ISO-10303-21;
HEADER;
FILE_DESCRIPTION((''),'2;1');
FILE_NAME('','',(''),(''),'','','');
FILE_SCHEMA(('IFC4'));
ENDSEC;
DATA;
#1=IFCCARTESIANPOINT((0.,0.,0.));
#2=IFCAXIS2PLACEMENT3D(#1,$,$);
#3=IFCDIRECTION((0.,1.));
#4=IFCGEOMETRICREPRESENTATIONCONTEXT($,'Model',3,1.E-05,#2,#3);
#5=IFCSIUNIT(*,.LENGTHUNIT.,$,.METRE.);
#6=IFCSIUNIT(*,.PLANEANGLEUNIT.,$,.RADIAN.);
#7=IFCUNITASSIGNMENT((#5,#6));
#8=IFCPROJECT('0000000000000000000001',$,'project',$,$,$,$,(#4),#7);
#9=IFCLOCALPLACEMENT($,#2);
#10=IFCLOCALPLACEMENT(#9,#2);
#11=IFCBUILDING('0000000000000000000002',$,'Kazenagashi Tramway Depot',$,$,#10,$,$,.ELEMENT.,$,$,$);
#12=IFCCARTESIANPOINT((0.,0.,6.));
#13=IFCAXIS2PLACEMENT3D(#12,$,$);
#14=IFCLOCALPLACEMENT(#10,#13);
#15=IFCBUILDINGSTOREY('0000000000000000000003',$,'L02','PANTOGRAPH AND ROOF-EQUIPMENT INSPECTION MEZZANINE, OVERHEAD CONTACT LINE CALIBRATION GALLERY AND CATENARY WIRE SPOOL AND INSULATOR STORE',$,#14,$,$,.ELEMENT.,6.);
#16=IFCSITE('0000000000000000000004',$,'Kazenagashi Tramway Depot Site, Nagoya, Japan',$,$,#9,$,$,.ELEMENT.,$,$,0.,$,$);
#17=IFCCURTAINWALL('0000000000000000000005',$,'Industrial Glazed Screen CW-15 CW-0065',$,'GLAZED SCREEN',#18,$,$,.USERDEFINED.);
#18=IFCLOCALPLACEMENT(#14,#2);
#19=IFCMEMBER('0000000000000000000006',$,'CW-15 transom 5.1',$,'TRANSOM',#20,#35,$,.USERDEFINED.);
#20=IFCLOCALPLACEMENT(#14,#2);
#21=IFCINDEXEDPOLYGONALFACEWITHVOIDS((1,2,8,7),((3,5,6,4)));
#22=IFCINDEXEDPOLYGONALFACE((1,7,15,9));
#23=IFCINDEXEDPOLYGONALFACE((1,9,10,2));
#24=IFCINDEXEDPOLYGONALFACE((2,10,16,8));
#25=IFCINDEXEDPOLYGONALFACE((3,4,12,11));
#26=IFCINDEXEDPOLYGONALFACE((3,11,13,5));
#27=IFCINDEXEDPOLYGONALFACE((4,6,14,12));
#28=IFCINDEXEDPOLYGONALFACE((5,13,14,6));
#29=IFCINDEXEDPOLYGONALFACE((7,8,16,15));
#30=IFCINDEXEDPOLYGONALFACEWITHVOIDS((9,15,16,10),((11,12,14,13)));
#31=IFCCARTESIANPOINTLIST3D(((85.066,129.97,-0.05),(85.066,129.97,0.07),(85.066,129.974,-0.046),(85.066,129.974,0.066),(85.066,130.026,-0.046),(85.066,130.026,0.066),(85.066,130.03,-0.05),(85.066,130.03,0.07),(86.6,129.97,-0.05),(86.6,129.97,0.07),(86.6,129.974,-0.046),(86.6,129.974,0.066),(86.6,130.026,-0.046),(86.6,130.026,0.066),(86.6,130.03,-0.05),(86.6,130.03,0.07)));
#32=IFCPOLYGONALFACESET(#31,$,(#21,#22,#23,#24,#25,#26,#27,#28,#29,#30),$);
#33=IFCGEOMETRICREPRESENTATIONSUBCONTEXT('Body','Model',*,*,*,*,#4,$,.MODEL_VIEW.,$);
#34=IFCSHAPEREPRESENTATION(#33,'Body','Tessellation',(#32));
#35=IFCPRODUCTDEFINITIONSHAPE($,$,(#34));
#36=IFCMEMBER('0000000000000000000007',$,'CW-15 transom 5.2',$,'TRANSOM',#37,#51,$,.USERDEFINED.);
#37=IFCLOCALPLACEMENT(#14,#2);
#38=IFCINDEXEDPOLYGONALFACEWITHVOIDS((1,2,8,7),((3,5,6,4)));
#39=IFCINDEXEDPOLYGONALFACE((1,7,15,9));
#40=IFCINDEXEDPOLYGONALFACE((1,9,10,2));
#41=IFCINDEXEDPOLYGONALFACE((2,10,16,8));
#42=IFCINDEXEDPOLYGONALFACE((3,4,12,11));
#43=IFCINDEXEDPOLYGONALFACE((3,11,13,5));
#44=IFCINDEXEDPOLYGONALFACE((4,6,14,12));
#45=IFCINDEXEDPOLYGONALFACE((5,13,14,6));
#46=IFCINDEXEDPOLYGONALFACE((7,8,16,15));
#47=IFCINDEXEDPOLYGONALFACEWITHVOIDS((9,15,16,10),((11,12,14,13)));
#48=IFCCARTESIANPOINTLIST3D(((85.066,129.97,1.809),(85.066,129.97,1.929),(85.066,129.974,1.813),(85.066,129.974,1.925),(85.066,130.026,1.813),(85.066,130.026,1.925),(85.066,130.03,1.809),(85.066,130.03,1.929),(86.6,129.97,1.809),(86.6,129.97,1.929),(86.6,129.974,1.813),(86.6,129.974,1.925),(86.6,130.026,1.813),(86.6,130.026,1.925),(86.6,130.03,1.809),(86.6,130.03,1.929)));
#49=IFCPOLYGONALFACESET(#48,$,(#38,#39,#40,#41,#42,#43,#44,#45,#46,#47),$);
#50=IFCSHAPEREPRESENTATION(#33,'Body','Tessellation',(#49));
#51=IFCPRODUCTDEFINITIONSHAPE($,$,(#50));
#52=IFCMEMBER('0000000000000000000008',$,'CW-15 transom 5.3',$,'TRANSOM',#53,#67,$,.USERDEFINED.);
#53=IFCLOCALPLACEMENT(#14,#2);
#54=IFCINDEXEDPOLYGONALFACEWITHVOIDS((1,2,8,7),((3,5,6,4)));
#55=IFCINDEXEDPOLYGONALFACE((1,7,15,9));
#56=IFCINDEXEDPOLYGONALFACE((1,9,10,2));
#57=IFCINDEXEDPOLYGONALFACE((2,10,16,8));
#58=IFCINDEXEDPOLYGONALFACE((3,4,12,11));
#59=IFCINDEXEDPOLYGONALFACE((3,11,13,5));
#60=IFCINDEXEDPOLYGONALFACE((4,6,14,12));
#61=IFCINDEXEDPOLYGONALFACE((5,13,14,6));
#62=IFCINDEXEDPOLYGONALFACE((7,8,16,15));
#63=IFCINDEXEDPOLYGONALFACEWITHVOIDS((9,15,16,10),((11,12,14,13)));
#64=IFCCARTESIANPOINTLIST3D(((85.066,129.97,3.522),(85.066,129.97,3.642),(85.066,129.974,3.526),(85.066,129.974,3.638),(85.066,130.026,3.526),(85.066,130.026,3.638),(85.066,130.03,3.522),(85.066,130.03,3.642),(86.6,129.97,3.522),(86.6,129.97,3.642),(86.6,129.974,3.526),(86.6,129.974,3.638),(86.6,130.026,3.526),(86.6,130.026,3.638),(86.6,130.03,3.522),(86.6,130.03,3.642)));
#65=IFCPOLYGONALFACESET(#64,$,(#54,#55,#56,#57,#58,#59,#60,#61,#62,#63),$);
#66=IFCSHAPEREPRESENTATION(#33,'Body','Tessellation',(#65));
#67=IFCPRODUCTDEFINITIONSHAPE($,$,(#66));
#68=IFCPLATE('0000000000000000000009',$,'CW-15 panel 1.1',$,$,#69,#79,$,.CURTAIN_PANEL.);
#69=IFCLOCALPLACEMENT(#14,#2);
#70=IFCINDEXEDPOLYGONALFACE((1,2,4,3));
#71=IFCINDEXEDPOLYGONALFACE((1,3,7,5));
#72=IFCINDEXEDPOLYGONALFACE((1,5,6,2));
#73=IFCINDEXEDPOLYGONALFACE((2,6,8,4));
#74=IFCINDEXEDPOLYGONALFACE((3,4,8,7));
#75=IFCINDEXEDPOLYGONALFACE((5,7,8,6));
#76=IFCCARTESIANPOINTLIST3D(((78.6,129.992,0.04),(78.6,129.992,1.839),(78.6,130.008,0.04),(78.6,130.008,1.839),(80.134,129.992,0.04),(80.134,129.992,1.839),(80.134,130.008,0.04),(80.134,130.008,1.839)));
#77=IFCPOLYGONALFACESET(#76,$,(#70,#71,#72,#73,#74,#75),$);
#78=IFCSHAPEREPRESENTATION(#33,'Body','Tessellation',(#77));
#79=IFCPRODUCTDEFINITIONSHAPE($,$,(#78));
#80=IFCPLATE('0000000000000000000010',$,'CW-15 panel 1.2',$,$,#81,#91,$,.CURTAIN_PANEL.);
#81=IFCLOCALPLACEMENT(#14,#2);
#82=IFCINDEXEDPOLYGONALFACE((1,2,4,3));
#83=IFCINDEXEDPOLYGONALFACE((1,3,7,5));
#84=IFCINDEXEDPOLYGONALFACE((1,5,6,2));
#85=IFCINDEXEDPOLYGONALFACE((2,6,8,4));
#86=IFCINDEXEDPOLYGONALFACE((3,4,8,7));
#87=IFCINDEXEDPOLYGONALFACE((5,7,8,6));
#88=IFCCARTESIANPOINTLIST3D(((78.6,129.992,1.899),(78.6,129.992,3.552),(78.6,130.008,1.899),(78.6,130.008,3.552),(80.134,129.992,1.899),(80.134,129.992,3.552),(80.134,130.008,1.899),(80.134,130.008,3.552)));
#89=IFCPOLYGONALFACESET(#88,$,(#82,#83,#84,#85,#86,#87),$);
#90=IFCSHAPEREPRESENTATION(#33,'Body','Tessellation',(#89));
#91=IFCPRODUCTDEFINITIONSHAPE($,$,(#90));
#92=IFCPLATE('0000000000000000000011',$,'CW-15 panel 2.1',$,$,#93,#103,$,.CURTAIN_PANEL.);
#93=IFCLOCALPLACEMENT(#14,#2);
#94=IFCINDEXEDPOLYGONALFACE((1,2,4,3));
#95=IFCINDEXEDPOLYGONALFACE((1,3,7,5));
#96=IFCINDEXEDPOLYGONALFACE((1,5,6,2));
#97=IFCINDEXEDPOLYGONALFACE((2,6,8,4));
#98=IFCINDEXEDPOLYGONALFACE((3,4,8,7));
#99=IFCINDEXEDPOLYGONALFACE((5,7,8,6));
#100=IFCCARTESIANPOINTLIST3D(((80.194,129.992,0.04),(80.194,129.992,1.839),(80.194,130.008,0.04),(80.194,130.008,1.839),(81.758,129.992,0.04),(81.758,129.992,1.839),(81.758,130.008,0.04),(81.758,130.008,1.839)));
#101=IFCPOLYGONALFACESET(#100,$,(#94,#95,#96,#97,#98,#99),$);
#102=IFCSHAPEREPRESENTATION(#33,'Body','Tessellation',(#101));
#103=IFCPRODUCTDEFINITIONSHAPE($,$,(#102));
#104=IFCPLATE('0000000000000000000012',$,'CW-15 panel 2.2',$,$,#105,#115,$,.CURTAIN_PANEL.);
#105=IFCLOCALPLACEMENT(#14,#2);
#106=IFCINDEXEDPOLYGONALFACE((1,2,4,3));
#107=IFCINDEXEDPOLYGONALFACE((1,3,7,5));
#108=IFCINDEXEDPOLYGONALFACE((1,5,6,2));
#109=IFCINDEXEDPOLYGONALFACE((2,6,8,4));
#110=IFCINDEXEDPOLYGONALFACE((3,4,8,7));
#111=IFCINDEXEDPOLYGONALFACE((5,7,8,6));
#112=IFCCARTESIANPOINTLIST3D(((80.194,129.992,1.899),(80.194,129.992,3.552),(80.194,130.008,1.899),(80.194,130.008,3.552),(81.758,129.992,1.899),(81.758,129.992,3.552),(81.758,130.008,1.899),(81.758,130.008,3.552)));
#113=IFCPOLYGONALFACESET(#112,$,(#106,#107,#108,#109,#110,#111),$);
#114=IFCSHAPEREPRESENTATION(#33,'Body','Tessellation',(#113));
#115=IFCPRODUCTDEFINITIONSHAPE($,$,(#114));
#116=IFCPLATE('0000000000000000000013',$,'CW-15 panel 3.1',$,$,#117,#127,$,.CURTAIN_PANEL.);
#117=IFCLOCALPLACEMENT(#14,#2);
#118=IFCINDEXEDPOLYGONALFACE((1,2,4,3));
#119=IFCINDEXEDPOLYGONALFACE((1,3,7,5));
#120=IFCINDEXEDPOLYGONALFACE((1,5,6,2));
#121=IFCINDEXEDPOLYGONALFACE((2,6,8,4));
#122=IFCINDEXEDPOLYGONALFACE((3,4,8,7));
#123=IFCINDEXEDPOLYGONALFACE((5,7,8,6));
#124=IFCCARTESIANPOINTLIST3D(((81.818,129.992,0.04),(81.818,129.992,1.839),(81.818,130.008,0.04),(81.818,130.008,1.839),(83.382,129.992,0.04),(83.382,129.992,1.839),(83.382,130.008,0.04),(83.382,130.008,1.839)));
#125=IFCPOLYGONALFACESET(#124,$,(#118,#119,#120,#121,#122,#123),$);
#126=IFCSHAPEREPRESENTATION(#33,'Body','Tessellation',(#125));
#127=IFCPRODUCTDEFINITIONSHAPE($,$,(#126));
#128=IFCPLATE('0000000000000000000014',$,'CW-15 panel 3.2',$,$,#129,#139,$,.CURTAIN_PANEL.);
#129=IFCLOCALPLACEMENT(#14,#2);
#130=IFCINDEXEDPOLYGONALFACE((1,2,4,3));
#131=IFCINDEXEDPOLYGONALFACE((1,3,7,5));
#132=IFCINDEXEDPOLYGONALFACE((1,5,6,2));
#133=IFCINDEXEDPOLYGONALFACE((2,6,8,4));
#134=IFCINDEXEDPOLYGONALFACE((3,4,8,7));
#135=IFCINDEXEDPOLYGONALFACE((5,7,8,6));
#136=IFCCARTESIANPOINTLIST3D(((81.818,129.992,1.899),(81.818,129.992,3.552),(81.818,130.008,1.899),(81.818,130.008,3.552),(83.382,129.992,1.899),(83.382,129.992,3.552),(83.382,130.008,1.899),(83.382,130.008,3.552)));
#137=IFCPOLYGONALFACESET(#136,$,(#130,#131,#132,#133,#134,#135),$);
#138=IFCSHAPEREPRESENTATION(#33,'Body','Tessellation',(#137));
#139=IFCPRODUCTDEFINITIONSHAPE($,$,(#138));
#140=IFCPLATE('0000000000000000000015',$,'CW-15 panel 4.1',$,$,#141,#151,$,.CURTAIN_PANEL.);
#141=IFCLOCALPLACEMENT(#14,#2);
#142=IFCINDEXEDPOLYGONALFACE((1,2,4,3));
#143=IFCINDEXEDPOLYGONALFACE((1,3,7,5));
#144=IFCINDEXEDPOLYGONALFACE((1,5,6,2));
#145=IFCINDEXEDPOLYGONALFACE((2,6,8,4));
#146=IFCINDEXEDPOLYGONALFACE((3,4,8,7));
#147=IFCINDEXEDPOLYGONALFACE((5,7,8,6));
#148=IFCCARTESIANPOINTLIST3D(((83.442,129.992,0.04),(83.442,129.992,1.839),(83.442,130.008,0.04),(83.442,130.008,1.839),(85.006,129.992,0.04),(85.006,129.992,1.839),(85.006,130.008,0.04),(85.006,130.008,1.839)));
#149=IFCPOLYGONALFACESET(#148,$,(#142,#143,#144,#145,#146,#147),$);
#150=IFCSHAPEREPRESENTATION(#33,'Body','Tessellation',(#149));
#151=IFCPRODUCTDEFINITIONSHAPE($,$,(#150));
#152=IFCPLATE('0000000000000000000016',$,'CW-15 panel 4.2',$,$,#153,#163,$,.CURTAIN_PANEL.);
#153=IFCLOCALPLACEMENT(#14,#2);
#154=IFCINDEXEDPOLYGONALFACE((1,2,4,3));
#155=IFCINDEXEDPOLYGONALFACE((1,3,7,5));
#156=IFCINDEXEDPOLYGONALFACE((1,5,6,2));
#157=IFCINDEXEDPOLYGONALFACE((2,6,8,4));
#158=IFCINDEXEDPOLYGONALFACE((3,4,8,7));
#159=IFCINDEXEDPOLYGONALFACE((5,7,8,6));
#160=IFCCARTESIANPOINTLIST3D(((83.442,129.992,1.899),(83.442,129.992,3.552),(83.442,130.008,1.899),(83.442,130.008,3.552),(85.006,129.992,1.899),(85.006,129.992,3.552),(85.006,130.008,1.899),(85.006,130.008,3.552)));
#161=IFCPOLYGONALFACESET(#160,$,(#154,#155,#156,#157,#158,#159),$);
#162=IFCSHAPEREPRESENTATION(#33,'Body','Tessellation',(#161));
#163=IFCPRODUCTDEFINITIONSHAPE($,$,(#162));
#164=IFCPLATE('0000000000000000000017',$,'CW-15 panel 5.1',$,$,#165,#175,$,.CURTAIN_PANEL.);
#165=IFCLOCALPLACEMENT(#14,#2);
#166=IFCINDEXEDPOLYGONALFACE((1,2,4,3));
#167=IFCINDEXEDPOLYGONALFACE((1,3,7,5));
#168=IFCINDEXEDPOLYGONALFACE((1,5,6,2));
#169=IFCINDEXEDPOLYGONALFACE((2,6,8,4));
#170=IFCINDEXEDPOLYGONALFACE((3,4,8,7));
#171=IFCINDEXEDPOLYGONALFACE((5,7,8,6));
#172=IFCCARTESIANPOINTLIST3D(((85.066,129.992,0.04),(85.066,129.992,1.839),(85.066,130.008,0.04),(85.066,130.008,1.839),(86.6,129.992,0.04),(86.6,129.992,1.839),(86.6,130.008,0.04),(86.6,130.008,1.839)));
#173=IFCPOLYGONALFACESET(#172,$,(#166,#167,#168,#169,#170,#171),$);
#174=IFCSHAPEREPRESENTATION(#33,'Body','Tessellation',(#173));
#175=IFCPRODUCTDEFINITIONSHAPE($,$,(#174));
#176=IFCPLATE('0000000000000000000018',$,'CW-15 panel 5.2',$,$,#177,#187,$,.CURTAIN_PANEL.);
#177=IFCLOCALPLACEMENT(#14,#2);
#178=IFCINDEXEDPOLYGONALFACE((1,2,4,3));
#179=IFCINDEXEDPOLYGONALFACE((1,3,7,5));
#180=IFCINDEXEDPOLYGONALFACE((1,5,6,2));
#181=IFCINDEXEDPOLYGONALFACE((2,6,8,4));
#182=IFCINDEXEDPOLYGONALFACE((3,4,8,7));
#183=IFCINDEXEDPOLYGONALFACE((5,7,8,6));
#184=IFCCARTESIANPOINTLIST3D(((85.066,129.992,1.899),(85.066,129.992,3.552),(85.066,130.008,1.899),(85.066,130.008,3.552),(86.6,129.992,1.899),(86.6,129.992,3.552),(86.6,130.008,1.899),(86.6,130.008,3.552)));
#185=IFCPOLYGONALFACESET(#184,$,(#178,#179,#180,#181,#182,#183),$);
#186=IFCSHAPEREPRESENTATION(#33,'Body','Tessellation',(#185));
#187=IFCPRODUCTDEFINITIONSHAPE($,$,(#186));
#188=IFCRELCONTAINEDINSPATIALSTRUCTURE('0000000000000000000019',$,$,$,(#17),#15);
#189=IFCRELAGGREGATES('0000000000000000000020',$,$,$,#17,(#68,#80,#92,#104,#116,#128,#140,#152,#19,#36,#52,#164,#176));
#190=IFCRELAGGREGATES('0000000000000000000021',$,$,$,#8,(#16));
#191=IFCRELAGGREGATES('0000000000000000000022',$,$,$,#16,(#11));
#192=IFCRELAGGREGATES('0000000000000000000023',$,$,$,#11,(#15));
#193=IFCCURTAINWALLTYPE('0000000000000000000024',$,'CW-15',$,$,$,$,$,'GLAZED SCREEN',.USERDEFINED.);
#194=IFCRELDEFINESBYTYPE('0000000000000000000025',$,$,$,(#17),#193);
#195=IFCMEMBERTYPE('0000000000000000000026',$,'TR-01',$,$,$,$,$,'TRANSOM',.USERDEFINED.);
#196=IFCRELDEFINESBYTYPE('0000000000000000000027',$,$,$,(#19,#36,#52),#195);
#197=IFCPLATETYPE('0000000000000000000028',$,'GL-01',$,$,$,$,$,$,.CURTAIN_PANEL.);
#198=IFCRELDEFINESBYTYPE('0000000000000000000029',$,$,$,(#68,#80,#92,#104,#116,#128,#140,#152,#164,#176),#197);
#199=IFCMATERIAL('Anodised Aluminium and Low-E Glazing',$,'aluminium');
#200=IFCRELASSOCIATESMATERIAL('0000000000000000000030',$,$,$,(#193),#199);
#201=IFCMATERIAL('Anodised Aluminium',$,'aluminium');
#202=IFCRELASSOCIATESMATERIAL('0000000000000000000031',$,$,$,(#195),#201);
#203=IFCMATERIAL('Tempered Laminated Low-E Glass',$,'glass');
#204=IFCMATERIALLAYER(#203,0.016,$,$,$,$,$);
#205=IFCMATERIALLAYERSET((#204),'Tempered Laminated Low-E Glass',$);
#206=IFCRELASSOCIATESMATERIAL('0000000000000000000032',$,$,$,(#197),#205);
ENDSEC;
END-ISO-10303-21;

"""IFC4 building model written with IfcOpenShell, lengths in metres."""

from ifc_helpers import new_model, si_unit, direction, frame, origin, origin_2d, place, context, subcontext, project, spatial, rectangle, hollow_rectangle, extrude, material, layer, layer_set, material_profile, profile_set, type_object, element, aggregate, save


model = new_model("IFC4")

# Units and contexts
model_context = context("Model", 3, precision=1e-05, world=origin(), true_north=direction((0.0, 1.0)))
body_context = subcontext(model_context, "Body", "Model", "MODEL_VIEW")
ifc_project = project(units=[si_unit("LENGTHUNIT", "METRE"), si_unit("PLANEANGLEUNIT", "RADIAN")], contexts=[model_context])

# Site, building, storey
site_placement = place(None, origin())
site = spatial("IfcSite", under=ifc_project, at=site_placement, Name="Kazenagashi Tramway Depot Site, Nagoya, Japan", CompositionType="ELEMENT", RefElevation=0.0)
building_placement = place(site_placement, origin())
building = spatial("IfcBuilding", under=site, at=building_placement, Name="Kazenagashi Tramway Depot", CompositionType="ELEMENT")
storey_placement = place(building_placement, frame((0.0, 0.0, 6.0)))
storey = spatial("IfcBuildingStorey", under=building, at=storey_placement, Name="L02", Description="PANTOGRAPH AND ROOF-EQUIPMENT INSPECTION MEZZANINE, OVERHEAD CONTACT LINE CALIBRATION GALLERY AND CATENARY WIRE SPOOL AND INSULATOR STORE", CompositionType="ELEMENT", Elevation=6.0)

# Curtain wall
ifc_material_1 = material(Name="Anodised Aluminium and Low-E Glazing", Category="aluminium")
curtain_wall_type = type_object("IfcCurtainWallType", Name="CW-15", ElementType="GLAZED SCREEN", PredefinedType="USERDEFINED", material=ifc_material_1)
curtain_wall_placement = place(storey_placement, origin())
curtain_wall = element("IfcCurtainWall", 1, at=curtain_wall_placement, inside=storey, type_object=curtain_wall_type, Name="Industrial Glazed Screen CW-15 CW-0065", ObjectType="GLAZED SCREEN", PredefinedType="USERDEFINED")
ifc_material_2 = material(Name="Anodised Aluminium", Category="aluminium")

# Members
ifc_material_profile_1 = material_profile(ifc_material_2, hollow_rectangle(XDim=0.06, YDim=0.12, WallThickness=0.004, at=origin_2d()), Name="RHS-120x60x4")
ifc_profile_set_1 = profile_set([ifc_material_profile_1], Name="Anodised Aluminium")
member_type_1 = type_object("IfcMemberType", Name="TR-01", ElementType="TRANSOM", PredefinedType="USERDEFINED", material=ifc_profile_set_1)
member_1_placement = place(storey_placement, frame((85.066, 130.0, 0.01), z_axis=(1.0, 0.0, 0.0), x_axis=(0.0, 1.0, 0.0)))
member_1 = element("IfcMember", 2, at=member_1_placement, type_object=member_type_1, Name="CW-15 transom 5.1", ObjectType="TRANSOM", PredefinedType="USERDEFINED", context=body_context, shape_type="SweptSolid", body=[
    extrude(hollow_rectangle(XDim=0.06, YDim=0.12, WallThickness=0.004, at=origin_2d()), origin(), (0.0, 0.0, 1.0), 1.534),
])
member_2_placement = place(storey_placement, frame((85.066, 130.0, 1.869), z_axis=(1.0, 0.0, 0.0), x_axis=(0.0, 1.0, 0.0)))
member_2 = element("IfcMember", 3, at=member_2_placement, type_object=member_type_1, Name="CW-15 transom 5.2", ObjectType="TRANSOM", PredefinedType="USERDEFINED", context=body_context, shape_type="SweptSolid", body=[
    extrude(hollow_rectangle(XDim=0.06, YDim=0.12, WallThickness=0.004, at=origin_2d()), origin(), (0.0, 0.0, 1.0), 1.534),
])
member_3_placement = place(storey_placement, frame((85.066, 130.0, 3.582), z_axis=(1.0, 0.0, 0.0), x_axis=(0.0, 1.0, 0.0)))
member_3 = element("IfcMember", 4, at=member_3_placement, type_object=member_type_1, Name="CW-15 transom 5.3", ObjectType="TRANSOM", PredefinedType="USERDEFINED", context=body_context, shape_type="SweptSolid", body=[
    extrude(hollow_rectangle(XDim=0.06, YDim=0.12, WallThickness=0.004, at=origin_2d()), origin(), (0.0, 0.0, 1.0), 1.534),
])

# Plates
ifc_material_3 = material(Name="Tempered Laminated Low-E Glass", Category="glass")
ifc_layer_1 = layer(ifc_material_3, 0.016)
ifc_layer_set_1 = layer_set([ifc_layer_1], Name="Tempered Laminated Low-E Glass")
plate_type = type_object("IfcPlateType", Name="GL-01", PredefinedType="CURTAIN_PANEL", material=ifc_layer_set_1)
plate_1_placement = place(storey_placement, frame((79.367, 130.0, 0.04), z_axis=(0.0, 0.0, 1.0), x_axis=(1.0, 0.0, 0.0)))
plate_1 = element("IfcPlate", 5, at=plate_1_placement, type_object=plate_type, Name="CW-15 panel 1.1", PredefinedType="CURTAIN_PANEL", context=body_context, shape_type="SweptSolid", body=[
    extrude(rectangle(XDim=1.534, YDim=0.016, at=origin_2d()), origin(), (0.0, 0.0, 1.0), 1.799),
])
plate_2_placement = place(storey_placement, frame((79.367, 130.0, 1.899), z_axis=(0.0, 0.0, 1.0), x_axis=(1.0, 0.0, 0.0)))
plate_2 = element("IfcPlate", 6, at=plate_2_placement, type_object=plate_type, Name="CW-15 panel 1.2", PredefinedType="CURTAIN_PANEL", context=body_context, shape_type="SweptSolid", body=[
    extrude(rectangle(XDim=1.534, YDim=0.016, at=origin_2d()), origin(), (0.0, 0.0, 1.0), 1.653),
])
plate_3_placement = place(storey_placement, frame((80.976, 130.0, 0.04), z_axis=(0.0, 0.0, 1.0), x_axis=(1.0, 0.0, 0.0)))
plate_3 = element("IfcPlate", 7, at=plate_3_placement, type_object=plate_type, Name="CW-15 panel 2.1", PredefinedType="CURTAIN_PANEL", context=body_context, shape_type="SweptSolid", body=[
    extrude(rectangle(XDim=1.564, YDim=0.016, at=origin_2d()), origin(), (0.0, 0.0, 1.0), 1.799),
])
plate_4_placement = place(storey_placement, frame((80.976, 130.0, 1.899), z_axis=(0.0, 0.0, 1.0), x_axis=(1.0, 0.0, 0.0)))
plate_4 = element("IfcPlate", 8, at=plate_4_placement, type_object=plate_type, Name="CW-15 panel 2.2", PredefinedType="CURTAIN_PANEL", context=body_context, shape_type="SweptSolid", body=[
    extrude(rectangle(XDim=1.564, YDim=0.016, at=origin_2d()), origin(), (0.0, 0.0, 1.0), 1.653),
])
plate_5_placement = place(storey_placement, frame((82.6, 130.0, 0.04), z_axis=(0.0, 0.0, 1.0), x_axis=(1.0, 0.0, 0.0)))
plate_5 = element("IfcPlate", 9, at=plate_5_placement, type_object=plate_type, Name="CW-15 panel 3.1", PredefinedType="CURTAIN_PANEL", context=body_context, shape_type="SweptSolid", body=[
    extrude(rectangle(XDim=1.564, YDim=0.016, at=origin_2d()), origin(), (0.0, 0.0, 1.0), 1.799),
])
plate_6_placement = place(storey_placement, frame((82.6, 130.0, 1.899), z_axis=(0.0, 0.0, 1.0), x_axis=(1.0, 0.0, 0.0)))
plate_6 = element("IfcPlate", 10, at=plate_6_placement, type_object=plate_type, Name="CW-15 panel 3.2", PredefinedType="CURTAIN_PANEL", context=body_context, shape_type="SweptSolid", body=[
    extrude(rectangle(XDim=1.564, YDim=0.016, at=origin_2d()), origin(), (0.0, 0.0, 1.0), 1.653),
])
plate_7_placement = place(storey_placement, frame((84.224, 130.0, 0.04), z_axis=(0.0, 0.0, 1.0), x_axis=(1.0, 0.0, 0.0)))
plate_7 = element("IfcPlate", 11, at=plate_7_placement, type_object=plate_type, Name="CW-15 panel 4.1", PredefinedType="CURTAIN_PANEL", context=body_context, shape_type="SweptSolid", body=[
    extrude(rectangle(XDim=1.564, YDim=0.016, at=origin_2d()), origin(), (0.0, 0.0, 1.0), 1.799),
])
plate_8_placement = place(storey_placement, frame((84.224, 130.0, 1.899), z_axis=(0.0, 0.0, 1.0), x_axis=(1.0, 0.0, 0.0)))
plate_8 = element("IfcPlate", 12, at=plate_8_placement, type_object=plate_type, Name="CW-15 panel 4.2", PredefinedType="CURTAIN_PANEL", context=body_context, shape_type="SweptSolid", body=[
    extrude(rectangle(XDim=1.564, YDim=0.016, at=origin_2d()), origin(), (0.0, 0.0, 1.0), 1.653),
])
plate_9_placement = place(storey_placement, frame((85.833, 130.0, 0.04), z_axis=(0.0, 0.0, 1.0), x_axis=(1.0, 0.0, 0.0)))
plate_9 = element("IfcPlate", 13, at=plate_9_placement, type_object=plate_type, Name="CW-15 panel 5.1", PredefinedType="CURTAIN_PANEL", context=body_context, shape_type="SweptSolid", body=[
    extrude(rectangle(XDim=1.534, YDim=0.016, at=origin_2d()), origin(), (0.0, 0.0, 1.0), 1.799),
])
plate_10_placement = place(storey_placement, frame((85.833, 130.0, 1.899), z_axis=(0.0, 0.0, 1.0), x_axis=(1.0, 0.0, 0.0)))
plate_10 = element("IfcPlate", 14, at=plate_10_placement, type_object=plate_type, Name="CW-15 panel 5.2", PredefinedType="CURTAIN_PANEL", context=body_context, shape_type="SweptSolid", body=[
    extrude(rectangle(XDim=1.534, YDim=0.016, at=origin_2d()), origin(), (0.0, 0.0, 1.0), 1.653),
])
aggregate(curtain_wall, [plate_1, plate_2, plate_3, plate_4, plate_5, plate_6, plate_7, plate_8, member_1, member_2, member_3, plate_9, plate_10])

save(model, "model.ifc")
